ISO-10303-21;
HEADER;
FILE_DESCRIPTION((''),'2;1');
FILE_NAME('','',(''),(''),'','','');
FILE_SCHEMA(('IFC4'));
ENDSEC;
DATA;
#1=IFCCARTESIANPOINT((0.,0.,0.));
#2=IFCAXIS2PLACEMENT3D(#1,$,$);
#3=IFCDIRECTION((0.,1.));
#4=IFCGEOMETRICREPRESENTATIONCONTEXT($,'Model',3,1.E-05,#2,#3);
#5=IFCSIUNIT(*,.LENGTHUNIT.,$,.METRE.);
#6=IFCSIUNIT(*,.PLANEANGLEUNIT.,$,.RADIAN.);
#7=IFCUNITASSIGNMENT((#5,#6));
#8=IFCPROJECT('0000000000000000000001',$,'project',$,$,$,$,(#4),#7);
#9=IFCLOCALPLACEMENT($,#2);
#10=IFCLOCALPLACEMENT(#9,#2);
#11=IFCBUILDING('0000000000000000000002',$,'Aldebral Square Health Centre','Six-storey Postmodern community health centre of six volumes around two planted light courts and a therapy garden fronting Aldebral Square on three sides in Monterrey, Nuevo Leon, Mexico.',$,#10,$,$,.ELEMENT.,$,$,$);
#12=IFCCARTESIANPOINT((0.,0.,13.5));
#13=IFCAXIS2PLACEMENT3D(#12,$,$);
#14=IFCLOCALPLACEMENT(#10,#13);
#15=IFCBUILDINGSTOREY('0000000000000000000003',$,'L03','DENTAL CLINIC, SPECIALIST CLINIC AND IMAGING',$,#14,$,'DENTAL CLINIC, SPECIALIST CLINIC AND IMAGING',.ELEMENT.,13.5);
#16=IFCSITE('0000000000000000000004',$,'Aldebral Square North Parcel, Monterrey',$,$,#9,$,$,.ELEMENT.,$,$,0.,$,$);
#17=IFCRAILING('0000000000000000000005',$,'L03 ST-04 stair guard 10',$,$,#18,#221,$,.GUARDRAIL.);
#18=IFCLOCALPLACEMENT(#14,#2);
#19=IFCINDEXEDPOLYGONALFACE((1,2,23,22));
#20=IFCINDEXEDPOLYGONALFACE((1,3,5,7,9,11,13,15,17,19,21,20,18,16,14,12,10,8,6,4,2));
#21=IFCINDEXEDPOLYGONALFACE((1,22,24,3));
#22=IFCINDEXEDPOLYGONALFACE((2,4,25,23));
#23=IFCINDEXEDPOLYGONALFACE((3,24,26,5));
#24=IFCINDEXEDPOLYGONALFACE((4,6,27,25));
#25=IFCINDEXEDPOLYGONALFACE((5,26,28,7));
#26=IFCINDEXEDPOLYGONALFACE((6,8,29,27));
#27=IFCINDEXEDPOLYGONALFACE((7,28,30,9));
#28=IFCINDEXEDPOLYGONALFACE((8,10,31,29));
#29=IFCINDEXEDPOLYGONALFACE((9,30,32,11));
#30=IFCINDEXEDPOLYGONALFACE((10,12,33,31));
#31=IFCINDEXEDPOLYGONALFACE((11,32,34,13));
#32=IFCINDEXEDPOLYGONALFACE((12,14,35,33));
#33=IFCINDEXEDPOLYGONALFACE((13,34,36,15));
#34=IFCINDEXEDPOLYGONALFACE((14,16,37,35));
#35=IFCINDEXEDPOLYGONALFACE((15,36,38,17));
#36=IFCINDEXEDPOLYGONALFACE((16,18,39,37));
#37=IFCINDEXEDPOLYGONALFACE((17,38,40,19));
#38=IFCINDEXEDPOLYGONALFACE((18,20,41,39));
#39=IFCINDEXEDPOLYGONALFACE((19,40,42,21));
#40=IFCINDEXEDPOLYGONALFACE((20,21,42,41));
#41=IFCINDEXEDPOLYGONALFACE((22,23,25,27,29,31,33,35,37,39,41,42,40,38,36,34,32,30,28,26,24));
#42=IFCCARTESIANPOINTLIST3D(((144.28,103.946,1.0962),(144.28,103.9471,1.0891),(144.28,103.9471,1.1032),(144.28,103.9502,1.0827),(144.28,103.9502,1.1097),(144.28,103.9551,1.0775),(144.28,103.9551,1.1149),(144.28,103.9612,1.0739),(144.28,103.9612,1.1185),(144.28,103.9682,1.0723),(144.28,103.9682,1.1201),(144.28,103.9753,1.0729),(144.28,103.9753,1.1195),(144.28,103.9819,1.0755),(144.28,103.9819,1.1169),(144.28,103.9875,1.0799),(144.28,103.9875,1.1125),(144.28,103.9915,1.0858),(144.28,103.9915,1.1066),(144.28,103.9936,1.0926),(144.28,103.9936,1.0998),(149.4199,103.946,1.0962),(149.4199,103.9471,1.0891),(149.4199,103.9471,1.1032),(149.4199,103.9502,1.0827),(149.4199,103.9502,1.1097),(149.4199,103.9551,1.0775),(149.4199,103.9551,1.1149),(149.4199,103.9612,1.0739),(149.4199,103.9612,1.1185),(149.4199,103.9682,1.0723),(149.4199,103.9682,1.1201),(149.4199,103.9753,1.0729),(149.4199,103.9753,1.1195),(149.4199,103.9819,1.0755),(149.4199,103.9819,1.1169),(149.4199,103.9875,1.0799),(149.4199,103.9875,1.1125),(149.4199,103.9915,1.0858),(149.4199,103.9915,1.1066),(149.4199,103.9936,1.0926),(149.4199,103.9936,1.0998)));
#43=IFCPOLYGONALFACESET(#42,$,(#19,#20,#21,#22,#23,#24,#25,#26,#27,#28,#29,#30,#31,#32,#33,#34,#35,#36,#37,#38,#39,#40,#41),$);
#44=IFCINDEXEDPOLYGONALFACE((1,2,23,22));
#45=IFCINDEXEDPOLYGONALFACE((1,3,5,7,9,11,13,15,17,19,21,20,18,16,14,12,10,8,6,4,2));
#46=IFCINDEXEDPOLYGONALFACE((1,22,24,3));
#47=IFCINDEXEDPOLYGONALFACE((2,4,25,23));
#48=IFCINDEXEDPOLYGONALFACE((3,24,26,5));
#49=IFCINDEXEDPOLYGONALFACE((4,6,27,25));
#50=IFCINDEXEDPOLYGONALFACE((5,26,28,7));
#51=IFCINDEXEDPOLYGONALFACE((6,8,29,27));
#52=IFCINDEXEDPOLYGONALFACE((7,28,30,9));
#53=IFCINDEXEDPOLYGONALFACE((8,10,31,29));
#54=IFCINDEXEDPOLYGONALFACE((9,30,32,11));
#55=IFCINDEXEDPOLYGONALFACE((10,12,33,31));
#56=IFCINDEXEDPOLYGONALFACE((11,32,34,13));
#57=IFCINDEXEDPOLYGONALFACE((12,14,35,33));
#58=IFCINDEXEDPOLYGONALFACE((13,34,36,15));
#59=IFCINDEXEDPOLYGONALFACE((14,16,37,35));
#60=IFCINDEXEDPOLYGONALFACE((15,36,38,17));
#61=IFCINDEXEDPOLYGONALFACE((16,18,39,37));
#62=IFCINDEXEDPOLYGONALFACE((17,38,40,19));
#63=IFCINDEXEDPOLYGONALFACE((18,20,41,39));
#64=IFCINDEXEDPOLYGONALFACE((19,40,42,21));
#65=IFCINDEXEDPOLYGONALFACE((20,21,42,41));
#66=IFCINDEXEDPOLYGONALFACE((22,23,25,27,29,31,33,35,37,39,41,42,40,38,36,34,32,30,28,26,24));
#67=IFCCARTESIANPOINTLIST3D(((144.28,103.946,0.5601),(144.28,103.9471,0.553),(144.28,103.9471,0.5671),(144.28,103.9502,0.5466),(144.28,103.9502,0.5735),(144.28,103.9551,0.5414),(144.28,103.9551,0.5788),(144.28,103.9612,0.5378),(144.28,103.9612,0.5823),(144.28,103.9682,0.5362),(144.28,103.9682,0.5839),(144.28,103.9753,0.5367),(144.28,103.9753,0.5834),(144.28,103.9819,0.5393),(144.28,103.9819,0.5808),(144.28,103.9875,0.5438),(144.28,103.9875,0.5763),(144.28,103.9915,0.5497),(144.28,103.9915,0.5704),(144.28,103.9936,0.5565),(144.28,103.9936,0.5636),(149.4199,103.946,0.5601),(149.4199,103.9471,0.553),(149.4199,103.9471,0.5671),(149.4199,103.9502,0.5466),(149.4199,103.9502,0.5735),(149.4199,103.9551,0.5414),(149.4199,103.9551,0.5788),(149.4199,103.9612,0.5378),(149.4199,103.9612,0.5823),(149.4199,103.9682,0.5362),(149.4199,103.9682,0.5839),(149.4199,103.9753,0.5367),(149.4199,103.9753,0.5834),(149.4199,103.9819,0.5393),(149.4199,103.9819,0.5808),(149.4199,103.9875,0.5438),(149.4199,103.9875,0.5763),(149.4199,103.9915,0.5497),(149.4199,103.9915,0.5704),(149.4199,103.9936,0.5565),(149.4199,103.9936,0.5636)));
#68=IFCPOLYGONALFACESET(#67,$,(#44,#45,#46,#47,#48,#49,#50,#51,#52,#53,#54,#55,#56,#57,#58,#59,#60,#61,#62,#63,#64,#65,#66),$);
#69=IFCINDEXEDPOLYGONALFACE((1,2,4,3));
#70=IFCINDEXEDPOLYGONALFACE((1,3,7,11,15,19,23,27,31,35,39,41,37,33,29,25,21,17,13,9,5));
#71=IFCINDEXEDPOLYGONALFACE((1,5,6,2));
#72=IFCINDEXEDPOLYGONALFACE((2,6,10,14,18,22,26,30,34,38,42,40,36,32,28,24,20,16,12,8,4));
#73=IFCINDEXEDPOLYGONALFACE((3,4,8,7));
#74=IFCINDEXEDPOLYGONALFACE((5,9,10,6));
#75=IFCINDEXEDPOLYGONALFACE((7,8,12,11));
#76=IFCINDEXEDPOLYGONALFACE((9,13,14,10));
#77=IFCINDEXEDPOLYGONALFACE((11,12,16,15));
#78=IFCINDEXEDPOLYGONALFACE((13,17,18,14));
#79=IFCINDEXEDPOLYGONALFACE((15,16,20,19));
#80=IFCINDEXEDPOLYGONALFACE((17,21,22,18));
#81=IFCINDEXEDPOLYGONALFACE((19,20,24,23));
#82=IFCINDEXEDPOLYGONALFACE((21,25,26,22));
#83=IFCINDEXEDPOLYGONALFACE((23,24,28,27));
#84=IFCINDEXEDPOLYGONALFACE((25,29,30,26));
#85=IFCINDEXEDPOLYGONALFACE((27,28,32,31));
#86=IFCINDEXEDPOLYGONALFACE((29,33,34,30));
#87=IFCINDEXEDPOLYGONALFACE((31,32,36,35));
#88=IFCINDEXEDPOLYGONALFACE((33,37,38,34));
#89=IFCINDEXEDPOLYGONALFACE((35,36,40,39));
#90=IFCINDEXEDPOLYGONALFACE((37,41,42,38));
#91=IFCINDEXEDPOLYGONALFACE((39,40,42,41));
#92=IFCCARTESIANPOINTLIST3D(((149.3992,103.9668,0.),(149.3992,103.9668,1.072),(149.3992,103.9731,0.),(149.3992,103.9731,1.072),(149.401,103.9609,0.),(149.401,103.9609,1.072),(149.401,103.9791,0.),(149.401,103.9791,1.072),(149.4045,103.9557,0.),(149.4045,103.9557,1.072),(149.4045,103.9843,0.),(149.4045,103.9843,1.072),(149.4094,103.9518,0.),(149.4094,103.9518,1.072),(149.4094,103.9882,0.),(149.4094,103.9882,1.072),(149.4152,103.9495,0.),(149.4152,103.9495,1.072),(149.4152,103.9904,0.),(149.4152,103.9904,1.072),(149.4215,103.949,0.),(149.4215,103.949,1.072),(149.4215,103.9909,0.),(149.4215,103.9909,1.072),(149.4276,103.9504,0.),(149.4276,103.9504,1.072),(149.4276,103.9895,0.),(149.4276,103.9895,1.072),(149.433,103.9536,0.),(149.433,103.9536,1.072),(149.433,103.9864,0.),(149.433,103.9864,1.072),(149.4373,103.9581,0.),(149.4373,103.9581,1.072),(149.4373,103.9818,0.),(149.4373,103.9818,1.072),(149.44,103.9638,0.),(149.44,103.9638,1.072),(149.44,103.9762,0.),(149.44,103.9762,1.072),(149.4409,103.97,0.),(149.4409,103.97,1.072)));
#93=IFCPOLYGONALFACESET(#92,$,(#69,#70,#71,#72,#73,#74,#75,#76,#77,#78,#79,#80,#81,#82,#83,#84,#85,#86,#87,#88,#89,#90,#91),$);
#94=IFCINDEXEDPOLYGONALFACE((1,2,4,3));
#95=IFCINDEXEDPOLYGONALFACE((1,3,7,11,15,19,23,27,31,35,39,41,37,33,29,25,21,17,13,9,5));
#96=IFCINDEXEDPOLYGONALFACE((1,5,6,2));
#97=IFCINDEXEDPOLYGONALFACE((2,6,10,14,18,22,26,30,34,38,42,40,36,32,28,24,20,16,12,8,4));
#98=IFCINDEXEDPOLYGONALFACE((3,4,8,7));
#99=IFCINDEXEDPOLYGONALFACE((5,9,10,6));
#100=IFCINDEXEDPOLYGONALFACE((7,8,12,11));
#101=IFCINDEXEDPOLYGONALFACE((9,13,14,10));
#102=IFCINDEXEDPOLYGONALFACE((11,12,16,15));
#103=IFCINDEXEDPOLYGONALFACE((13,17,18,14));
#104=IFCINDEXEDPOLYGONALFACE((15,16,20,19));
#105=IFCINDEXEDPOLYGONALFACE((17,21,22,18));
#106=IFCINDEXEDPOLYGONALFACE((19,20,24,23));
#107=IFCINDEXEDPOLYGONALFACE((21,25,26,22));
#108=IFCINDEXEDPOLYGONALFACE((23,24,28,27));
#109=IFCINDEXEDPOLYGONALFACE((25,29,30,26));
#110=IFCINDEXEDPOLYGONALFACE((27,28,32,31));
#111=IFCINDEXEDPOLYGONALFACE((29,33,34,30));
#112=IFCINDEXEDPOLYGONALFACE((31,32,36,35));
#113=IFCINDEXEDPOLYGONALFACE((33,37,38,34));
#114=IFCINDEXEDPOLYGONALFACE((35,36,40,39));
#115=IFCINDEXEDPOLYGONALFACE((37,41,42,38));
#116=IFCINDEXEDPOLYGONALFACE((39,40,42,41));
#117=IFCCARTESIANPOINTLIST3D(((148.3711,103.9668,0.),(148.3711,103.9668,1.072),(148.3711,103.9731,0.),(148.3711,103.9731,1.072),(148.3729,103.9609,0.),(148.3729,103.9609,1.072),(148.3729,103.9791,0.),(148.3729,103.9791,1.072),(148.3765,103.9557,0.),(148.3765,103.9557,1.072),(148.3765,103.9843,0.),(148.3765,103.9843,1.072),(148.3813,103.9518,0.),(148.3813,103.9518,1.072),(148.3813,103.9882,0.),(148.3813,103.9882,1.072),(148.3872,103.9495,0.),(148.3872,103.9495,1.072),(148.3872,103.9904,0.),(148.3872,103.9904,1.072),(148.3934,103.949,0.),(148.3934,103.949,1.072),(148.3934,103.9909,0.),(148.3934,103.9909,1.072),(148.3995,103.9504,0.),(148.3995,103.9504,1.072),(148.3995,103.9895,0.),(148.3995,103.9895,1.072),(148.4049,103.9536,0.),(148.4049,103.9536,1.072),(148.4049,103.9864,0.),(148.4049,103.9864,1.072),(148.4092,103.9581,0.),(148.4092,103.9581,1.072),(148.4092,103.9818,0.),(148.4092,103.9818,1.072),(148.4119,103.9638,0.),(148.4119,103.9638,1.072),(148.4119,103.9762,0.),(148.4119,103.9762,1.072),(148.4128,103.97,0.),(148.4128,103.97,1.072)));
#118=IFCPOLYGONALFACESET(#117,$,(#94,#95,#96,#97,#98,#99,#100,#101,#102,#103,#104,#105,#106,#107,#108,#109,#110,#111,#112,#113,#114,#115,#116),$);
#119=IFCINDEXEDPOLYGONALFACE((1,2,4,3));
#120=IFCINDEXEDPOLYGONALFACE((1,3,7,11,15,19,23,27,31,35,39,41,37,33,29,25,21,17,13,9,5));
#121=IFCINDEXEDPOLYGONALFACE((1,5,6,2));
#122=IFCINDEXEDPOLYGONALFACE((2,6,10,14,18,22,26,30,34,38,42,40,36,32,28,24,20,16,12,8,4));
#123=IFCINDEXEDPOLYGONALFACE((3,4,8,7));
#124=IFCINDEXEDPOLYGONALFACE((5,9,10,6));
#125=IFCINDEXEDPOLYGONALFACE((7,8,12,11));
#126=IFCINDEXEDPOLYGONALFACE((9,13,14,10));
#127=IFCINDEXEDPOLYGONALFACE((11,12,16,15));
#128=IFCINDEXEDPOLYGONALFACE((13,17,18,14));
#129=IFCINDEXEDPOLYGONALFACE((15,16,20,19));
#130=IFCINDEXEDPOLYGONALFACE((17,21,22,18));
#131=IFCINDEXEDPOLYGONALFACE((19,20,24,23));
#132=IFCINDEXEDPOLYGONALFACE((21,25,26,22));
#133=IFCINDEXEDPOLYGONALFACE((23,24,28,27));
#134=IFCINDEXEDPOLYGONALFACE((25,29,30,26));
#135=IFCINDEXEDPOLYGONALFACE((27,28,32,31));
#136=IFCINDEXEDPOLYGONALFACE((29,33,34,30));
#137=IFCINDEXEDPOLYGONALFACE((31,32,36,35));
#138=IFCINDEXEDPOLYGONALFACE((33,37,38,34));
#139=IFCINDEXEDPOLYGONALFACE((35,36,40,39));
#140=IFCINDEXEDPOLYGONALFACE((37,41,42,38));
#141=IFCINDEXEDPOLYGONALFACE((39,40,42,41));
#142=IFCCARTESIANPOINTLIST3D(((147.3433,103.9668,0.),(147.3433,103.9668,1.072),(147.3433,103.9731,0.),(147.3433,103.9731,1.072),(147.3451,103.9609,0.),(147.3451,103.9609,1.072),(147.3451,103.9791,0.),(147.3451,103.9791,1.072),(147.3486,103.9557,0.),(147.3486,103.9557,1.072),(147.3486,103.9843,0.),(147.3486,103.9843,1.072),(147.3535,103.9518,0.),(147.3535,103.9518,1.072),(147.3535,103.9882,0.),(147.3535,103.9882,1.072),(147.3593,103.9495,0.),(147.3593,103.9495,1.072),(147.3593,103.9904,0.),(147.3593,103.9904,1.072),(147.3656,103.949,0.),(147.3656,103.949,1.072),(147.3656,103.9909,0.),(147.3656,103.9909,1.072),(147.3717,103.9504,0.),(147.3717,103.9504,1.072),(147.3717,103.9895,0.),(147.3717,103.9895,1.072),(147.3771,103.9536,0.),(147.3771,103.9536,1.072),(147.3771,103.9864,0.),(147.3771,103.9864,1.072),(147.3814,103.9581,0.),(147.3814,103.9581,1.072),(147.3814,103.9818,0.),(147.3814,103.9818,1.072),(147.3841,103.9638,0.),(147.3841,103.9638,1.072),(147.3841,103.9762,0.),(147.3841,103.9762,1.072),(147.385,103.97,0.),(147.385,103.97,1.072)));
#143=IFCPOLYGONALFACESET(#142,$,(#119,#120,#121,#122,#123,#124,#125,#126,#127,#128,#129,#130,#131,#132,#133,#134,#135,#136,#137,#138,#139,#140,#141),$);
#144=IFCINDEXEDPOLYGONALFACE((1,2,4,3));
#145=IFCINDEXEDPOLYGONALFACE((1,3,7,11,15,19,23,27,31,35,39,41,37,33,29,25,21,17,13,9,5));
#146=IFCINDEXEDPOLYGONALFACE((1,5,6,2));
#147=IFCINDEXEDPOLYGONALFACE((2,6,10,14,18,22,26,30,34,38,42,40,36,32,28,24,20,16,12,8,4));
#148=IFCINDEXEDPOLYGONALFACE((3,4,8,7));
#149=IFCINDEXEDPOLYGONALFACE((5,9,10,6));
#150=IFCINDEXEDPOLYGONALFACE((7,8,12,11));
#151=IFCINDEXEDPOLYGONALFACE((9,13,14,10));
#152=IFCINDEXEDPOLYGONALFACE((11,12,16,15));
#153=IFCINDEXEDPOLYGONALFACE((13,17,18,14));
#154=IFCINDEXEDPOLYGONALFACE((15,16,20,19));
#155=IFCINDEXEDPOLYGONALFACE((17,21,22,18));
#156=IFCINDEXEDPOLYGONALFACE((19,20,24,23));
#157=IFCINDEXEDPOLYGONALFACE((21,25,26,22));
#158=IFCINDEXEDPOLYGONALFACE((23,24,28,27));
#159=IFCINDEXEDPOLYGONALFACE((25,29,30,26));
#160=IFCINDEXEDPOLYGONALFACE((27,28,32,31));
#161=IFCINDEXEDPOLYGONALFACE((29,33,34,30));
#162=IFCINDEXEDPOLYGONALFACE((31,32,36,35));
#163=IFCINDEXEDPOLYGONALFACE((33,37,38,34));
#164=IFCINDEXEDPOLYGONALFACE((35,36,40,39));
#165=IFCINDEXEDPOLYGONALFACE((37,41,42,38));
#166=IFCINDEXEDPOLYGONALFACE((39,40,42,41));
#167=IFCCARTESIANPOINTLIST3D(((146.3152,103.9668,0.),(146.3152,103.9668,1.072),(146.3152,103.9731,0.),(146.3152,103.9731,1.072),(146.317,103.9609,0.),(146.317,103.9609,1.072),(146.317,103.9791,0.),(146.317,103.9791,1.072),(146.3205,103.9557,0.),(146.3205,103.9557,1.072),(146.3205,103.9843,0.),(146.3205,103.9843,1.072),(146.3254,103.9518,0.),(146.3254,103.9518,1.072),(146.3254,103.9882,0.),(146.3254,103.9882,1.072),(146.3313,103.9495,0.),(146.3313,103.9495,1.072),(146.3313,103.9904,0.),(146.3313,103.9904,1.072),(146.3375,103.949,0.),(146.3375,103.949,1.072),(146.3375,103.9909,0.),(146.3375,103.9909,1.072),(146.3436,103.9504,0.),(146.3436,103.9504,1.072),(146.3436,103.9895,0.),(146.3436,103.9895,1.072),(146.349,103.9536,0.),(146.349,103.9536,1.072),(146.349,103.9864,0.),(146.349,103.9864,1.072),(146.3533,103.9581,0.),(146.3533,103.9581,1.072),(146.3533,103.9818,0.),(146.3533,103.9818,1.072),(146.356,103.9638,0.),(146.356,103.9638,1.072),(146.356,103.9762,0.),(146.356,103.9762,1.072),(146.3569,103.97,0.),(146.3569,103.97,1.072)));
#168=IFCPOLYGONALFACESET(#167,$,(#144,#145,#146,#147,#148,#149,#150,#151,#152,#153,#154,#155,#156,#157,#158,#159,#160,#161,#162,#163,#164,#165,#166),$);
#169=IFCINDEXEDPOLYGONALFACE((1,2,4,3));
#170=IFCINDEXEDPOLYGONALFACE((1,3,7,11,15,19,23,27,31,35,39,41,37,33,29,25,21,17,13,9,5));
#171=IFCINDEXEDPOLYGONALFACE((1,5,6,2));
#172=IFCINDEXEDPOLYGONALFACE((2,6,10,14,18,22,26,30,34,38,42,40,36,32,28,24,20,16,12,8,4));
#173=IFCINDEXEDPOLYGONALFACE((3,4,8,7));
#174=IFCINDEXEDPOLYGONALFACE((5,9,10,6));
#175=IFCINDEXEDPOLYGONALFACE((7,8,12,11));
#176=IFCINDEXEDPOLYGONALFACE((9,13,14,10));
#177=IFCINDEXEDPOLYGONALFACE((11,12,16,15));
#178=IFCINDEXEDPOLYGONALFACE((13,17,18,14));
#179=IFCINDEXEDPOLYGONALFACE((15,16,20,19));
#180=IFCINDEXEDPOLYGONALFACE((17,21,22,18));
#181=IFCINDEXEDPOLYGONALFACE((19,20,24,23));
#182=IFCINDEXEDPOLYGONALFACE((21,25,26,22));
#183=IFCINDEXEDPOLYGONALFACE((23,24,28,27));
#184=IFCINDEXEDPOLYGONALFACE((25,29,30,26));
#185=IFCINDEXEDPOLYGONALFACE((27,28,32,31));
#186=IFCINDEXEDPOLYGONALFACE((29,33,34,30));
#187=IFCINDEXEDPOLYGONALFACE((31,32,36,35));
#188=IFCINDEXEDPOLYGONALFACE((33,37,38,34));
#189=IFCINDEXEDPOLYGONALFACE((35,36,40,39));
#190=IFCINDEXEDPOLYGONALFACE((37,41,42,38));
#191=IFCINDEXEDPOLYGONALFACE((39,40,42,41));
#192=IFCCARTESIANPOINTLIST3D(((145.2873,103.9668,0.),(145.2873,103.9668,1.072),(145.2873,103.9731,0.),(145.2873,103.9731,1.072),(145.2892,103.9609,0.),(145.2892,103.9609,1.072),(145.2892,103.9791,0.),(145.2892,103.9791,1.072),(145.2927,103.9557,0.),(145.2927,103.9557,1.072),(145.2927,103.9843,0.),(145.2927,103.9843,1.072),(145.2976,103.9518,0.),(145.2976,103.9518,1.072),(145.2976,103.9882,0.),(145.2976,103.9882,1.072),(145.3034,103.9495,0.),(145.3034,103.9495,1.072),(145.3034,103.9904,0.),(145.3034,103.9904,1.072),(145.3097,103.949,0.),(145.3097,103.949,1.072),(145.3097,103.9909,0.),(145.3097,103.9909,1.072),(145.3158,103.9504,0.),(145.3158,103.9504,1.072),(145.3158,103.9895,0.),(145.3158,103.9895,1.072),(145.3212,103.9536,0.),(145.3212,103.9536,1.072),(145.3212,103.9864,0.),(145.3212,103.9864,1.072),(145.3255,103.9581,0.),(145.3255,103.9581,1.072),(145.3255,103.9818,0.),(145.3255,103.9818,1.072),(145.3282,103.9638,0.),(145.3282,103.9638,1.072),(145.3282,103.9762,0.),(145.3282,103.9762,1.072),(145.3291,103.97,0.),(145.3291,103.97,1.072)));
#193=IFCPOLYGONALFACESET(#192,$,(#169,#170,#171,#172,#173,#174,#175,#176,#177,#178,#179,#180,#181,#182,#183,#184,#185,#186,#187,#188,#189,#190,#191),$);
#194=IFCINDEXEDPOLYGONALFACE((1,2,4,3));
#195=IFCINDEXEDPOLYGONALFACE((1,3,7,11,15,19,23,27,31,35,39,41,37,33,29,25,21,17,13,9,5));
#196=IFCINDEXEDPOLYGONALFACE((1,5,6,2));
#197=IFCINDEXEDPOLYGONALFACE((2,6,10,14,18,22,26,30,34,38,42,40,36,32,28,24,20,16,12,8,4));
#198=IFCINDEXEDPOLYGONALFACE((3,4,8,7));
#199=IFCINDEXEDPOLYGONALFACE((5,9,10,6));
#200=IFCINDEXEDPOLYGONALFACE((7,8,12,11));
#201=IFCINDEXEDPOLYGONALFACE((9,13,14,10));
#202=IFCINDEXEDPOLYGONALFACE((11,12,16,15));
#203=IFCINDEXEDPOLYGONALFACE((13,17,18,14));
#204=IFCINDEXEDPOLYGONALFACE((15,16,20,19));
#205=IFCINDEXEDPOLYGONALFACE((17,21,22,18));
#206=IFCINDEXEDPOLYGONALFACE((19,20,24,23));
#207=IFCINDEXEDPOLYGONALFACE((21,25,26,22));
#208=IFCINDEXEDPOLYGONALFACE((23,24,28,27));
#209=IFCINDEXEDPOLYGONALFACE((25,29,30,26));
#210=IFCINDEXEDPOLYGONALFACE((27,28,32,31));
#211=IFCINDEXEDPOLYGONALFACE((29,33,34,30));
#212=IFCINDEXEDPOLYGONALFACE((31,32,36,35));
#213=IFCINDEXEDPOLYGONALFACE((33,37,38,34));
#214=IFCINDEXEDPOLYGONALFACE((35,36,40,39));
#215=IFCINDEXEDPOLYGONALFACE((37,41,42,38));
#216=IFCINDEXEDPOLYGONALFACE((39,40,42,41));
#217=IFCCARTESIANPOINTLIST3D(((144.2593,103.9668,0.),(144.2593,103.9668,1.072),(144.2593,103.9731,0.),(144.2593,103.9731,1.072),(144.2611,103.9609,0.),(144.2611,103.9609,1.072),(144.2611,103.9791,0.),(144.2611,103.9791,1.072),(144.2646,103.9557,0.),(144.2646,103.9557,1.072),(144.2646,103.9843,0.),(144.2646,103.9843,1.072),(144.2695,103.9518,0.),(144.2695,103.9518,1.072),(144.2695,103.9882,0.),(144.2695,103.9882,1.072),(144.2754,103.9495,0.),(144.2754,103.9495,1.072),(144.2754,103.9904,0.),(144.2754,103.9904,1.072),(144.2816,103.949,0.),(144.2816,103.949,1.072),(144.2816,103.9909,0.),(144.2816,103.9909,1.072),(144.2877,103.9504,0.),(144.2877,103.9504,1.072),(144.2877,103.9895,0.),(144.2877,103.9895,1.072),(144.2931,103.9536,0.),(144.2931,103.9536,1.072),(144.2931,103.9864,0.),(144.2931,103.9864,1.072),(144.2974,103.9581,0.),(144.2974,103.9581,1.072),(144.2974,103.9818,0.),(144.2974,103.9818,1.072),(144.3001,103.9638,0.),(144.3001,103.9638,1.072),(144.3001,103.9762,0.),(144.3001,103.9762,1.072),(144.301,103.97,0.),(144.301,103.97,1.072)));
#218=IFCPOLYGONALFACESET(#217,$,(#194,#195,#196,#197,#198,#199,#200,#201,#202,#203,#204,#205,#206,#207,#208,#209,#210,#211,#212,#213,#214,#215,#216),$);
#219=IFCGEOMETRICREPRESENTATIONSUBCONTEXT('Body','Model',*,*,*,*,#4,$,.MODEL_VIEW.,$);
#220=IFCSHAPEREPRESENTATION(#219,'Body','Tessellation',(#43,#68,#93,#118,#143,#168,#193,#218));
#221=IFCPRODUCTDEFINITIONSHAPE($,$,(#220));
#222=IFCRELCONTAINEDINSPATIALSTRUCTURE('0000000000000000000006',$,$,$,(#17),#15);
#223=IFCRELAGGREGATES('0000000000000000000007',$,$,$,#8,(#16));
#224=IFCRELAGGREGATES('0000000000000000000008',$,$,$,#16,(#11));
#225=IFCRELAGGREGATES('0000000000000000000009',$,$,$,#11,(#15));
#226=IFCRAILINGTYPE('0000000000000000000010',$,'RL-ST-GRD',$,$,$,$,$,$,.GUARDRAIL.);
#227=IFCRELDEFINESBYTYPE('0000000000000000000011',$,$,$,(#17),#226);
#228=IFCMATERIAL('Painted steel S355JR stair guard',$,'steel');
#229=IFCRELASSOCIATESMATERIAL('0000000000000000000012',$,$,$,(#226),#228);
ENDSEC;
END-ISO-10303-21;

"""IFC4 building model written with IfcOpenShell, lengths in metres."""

from ifc_helpers import new_model, si_unit, direction, frame, origin, origin_2d, place, context, subcontext, project, spatial, circle, extrude, material, type_object, element, save


model = new_model("IFC4")

# Units and contexts
model_context = context("Model", 3, precision=1e-05, world=origin(), true_north=direction((0.0, 1.0)))
body_context = subcontext(model_context, "Body", "Model", "MODEL_VIEW")
ifc_project = project(units=[si_unit("LENGTHUNIT", "METRE"), si_unit("PLANEANGLEUNIT", "RADIAN")], contexts=[model_context])

# Site, building, storey
site_placement = place(None, origin())
site = spatial("IfcSite", under=ifc_project, at=site_placement, Name="Aldebral Square North Parcel, Monterrey", CompositionType="ELEMENT", RefElevation=0.0)
building_placement = place(site_placement, origin())
building = spatial("IfcBuilding", under=site, at=building_placement, Name="Aldebral Square Health Centre", Description="Six-storey Postmodern community health centre of six volumes around two planted light courts and a therapy garden fronting Aldebral Square on three sides in Monterrey, Nuevo Leon, Mexico.", CompositionType="ELEMENT")
storey_placement = place(building_placement, frame((0.0, 0.0, 13.5)))
storey = spatial("IfcBuildingStorey", under=building, at=storey_placement, Name="L03", Description="DENTAL CLINIC, SPECIALIST CLINIC AND IMAGING", LongName="DENTAL CLINIC, SPECIALIST CLINIC AND IMAGING", CompositionType="ELEMENT", Elevation=13.5)

# Railing
ifc_material_1 = material(Name="Painted steel S355JR stair guard", Category="steel")
railing_type_1 = type_object("IfcRailingType", Name="RL-ST-GRD", PredefinedType="GUARDRAIL", material=ifc_material_1)
railing_1_placement = place(storey_placement, frame((149.4199, 103.97, 0.0)))
element("IfcRailing", 1, at=railing_1_placement, inside=storey, type_object=railing_type_1, Name="L03 ST-04 stair guard 10", PredefinedType="GUARDRAIL", context=body_context, shape_type="SweptSolid", body=[
    extrude(circle(Radius=0.0239, at=origin_2d()), frame((0.0, 0.0, 1.0962), z_axis=(-1.0, 0.0, 0.0), x_axis=(0.0, -1.0, 0.0)), (0.0, 0.0, 1.0), 5.1399),
    extrude(circle(Radius=0.0239, at=origin_2d()), frame((0.0, 0.0, 0.5601), z_axis=(-1.0, 0.0, 0.0), x_axis=(0.0, -1.0, 0.0)), (0.0, 0.0, 1.0), 5.1399),
    extrude(circle(Radius=0.021, at=origin_2d()), origin(), (0.0, 0.0, 1.0), 1.072),
    extrude(circle(Radius=0.021, at=origin_2d()), frame((-1.0281, 0.0, 0.0)), (0.0, 0.0, 1.0), 1.072),
    extrude(circle(Radius=0.021, at=origin_2d()), frame((-2.0559, 0.0, 0.0)), (0.0, 0.0, 1.0), 1.072),
    extrude(circle(Radius=0.021, at=origin_2d()), frame((-3.084, 0.0, 0.0)), (0.0, 0.0, 1.0), 1.072),
    extrude(circle(Radius=0.021, at=origin_2d()), frame((-4.1118, 0.0, 0.0)), (0.0, 0.0, 1.0), 1.072),
    extrude(circle(Radius=0.021, at=origin_2d()), frame((-5.1399, 0.0, 0.0)), (0.0, 0.0, 1.0), 1.072),
])

save(model, "model.ifc")
